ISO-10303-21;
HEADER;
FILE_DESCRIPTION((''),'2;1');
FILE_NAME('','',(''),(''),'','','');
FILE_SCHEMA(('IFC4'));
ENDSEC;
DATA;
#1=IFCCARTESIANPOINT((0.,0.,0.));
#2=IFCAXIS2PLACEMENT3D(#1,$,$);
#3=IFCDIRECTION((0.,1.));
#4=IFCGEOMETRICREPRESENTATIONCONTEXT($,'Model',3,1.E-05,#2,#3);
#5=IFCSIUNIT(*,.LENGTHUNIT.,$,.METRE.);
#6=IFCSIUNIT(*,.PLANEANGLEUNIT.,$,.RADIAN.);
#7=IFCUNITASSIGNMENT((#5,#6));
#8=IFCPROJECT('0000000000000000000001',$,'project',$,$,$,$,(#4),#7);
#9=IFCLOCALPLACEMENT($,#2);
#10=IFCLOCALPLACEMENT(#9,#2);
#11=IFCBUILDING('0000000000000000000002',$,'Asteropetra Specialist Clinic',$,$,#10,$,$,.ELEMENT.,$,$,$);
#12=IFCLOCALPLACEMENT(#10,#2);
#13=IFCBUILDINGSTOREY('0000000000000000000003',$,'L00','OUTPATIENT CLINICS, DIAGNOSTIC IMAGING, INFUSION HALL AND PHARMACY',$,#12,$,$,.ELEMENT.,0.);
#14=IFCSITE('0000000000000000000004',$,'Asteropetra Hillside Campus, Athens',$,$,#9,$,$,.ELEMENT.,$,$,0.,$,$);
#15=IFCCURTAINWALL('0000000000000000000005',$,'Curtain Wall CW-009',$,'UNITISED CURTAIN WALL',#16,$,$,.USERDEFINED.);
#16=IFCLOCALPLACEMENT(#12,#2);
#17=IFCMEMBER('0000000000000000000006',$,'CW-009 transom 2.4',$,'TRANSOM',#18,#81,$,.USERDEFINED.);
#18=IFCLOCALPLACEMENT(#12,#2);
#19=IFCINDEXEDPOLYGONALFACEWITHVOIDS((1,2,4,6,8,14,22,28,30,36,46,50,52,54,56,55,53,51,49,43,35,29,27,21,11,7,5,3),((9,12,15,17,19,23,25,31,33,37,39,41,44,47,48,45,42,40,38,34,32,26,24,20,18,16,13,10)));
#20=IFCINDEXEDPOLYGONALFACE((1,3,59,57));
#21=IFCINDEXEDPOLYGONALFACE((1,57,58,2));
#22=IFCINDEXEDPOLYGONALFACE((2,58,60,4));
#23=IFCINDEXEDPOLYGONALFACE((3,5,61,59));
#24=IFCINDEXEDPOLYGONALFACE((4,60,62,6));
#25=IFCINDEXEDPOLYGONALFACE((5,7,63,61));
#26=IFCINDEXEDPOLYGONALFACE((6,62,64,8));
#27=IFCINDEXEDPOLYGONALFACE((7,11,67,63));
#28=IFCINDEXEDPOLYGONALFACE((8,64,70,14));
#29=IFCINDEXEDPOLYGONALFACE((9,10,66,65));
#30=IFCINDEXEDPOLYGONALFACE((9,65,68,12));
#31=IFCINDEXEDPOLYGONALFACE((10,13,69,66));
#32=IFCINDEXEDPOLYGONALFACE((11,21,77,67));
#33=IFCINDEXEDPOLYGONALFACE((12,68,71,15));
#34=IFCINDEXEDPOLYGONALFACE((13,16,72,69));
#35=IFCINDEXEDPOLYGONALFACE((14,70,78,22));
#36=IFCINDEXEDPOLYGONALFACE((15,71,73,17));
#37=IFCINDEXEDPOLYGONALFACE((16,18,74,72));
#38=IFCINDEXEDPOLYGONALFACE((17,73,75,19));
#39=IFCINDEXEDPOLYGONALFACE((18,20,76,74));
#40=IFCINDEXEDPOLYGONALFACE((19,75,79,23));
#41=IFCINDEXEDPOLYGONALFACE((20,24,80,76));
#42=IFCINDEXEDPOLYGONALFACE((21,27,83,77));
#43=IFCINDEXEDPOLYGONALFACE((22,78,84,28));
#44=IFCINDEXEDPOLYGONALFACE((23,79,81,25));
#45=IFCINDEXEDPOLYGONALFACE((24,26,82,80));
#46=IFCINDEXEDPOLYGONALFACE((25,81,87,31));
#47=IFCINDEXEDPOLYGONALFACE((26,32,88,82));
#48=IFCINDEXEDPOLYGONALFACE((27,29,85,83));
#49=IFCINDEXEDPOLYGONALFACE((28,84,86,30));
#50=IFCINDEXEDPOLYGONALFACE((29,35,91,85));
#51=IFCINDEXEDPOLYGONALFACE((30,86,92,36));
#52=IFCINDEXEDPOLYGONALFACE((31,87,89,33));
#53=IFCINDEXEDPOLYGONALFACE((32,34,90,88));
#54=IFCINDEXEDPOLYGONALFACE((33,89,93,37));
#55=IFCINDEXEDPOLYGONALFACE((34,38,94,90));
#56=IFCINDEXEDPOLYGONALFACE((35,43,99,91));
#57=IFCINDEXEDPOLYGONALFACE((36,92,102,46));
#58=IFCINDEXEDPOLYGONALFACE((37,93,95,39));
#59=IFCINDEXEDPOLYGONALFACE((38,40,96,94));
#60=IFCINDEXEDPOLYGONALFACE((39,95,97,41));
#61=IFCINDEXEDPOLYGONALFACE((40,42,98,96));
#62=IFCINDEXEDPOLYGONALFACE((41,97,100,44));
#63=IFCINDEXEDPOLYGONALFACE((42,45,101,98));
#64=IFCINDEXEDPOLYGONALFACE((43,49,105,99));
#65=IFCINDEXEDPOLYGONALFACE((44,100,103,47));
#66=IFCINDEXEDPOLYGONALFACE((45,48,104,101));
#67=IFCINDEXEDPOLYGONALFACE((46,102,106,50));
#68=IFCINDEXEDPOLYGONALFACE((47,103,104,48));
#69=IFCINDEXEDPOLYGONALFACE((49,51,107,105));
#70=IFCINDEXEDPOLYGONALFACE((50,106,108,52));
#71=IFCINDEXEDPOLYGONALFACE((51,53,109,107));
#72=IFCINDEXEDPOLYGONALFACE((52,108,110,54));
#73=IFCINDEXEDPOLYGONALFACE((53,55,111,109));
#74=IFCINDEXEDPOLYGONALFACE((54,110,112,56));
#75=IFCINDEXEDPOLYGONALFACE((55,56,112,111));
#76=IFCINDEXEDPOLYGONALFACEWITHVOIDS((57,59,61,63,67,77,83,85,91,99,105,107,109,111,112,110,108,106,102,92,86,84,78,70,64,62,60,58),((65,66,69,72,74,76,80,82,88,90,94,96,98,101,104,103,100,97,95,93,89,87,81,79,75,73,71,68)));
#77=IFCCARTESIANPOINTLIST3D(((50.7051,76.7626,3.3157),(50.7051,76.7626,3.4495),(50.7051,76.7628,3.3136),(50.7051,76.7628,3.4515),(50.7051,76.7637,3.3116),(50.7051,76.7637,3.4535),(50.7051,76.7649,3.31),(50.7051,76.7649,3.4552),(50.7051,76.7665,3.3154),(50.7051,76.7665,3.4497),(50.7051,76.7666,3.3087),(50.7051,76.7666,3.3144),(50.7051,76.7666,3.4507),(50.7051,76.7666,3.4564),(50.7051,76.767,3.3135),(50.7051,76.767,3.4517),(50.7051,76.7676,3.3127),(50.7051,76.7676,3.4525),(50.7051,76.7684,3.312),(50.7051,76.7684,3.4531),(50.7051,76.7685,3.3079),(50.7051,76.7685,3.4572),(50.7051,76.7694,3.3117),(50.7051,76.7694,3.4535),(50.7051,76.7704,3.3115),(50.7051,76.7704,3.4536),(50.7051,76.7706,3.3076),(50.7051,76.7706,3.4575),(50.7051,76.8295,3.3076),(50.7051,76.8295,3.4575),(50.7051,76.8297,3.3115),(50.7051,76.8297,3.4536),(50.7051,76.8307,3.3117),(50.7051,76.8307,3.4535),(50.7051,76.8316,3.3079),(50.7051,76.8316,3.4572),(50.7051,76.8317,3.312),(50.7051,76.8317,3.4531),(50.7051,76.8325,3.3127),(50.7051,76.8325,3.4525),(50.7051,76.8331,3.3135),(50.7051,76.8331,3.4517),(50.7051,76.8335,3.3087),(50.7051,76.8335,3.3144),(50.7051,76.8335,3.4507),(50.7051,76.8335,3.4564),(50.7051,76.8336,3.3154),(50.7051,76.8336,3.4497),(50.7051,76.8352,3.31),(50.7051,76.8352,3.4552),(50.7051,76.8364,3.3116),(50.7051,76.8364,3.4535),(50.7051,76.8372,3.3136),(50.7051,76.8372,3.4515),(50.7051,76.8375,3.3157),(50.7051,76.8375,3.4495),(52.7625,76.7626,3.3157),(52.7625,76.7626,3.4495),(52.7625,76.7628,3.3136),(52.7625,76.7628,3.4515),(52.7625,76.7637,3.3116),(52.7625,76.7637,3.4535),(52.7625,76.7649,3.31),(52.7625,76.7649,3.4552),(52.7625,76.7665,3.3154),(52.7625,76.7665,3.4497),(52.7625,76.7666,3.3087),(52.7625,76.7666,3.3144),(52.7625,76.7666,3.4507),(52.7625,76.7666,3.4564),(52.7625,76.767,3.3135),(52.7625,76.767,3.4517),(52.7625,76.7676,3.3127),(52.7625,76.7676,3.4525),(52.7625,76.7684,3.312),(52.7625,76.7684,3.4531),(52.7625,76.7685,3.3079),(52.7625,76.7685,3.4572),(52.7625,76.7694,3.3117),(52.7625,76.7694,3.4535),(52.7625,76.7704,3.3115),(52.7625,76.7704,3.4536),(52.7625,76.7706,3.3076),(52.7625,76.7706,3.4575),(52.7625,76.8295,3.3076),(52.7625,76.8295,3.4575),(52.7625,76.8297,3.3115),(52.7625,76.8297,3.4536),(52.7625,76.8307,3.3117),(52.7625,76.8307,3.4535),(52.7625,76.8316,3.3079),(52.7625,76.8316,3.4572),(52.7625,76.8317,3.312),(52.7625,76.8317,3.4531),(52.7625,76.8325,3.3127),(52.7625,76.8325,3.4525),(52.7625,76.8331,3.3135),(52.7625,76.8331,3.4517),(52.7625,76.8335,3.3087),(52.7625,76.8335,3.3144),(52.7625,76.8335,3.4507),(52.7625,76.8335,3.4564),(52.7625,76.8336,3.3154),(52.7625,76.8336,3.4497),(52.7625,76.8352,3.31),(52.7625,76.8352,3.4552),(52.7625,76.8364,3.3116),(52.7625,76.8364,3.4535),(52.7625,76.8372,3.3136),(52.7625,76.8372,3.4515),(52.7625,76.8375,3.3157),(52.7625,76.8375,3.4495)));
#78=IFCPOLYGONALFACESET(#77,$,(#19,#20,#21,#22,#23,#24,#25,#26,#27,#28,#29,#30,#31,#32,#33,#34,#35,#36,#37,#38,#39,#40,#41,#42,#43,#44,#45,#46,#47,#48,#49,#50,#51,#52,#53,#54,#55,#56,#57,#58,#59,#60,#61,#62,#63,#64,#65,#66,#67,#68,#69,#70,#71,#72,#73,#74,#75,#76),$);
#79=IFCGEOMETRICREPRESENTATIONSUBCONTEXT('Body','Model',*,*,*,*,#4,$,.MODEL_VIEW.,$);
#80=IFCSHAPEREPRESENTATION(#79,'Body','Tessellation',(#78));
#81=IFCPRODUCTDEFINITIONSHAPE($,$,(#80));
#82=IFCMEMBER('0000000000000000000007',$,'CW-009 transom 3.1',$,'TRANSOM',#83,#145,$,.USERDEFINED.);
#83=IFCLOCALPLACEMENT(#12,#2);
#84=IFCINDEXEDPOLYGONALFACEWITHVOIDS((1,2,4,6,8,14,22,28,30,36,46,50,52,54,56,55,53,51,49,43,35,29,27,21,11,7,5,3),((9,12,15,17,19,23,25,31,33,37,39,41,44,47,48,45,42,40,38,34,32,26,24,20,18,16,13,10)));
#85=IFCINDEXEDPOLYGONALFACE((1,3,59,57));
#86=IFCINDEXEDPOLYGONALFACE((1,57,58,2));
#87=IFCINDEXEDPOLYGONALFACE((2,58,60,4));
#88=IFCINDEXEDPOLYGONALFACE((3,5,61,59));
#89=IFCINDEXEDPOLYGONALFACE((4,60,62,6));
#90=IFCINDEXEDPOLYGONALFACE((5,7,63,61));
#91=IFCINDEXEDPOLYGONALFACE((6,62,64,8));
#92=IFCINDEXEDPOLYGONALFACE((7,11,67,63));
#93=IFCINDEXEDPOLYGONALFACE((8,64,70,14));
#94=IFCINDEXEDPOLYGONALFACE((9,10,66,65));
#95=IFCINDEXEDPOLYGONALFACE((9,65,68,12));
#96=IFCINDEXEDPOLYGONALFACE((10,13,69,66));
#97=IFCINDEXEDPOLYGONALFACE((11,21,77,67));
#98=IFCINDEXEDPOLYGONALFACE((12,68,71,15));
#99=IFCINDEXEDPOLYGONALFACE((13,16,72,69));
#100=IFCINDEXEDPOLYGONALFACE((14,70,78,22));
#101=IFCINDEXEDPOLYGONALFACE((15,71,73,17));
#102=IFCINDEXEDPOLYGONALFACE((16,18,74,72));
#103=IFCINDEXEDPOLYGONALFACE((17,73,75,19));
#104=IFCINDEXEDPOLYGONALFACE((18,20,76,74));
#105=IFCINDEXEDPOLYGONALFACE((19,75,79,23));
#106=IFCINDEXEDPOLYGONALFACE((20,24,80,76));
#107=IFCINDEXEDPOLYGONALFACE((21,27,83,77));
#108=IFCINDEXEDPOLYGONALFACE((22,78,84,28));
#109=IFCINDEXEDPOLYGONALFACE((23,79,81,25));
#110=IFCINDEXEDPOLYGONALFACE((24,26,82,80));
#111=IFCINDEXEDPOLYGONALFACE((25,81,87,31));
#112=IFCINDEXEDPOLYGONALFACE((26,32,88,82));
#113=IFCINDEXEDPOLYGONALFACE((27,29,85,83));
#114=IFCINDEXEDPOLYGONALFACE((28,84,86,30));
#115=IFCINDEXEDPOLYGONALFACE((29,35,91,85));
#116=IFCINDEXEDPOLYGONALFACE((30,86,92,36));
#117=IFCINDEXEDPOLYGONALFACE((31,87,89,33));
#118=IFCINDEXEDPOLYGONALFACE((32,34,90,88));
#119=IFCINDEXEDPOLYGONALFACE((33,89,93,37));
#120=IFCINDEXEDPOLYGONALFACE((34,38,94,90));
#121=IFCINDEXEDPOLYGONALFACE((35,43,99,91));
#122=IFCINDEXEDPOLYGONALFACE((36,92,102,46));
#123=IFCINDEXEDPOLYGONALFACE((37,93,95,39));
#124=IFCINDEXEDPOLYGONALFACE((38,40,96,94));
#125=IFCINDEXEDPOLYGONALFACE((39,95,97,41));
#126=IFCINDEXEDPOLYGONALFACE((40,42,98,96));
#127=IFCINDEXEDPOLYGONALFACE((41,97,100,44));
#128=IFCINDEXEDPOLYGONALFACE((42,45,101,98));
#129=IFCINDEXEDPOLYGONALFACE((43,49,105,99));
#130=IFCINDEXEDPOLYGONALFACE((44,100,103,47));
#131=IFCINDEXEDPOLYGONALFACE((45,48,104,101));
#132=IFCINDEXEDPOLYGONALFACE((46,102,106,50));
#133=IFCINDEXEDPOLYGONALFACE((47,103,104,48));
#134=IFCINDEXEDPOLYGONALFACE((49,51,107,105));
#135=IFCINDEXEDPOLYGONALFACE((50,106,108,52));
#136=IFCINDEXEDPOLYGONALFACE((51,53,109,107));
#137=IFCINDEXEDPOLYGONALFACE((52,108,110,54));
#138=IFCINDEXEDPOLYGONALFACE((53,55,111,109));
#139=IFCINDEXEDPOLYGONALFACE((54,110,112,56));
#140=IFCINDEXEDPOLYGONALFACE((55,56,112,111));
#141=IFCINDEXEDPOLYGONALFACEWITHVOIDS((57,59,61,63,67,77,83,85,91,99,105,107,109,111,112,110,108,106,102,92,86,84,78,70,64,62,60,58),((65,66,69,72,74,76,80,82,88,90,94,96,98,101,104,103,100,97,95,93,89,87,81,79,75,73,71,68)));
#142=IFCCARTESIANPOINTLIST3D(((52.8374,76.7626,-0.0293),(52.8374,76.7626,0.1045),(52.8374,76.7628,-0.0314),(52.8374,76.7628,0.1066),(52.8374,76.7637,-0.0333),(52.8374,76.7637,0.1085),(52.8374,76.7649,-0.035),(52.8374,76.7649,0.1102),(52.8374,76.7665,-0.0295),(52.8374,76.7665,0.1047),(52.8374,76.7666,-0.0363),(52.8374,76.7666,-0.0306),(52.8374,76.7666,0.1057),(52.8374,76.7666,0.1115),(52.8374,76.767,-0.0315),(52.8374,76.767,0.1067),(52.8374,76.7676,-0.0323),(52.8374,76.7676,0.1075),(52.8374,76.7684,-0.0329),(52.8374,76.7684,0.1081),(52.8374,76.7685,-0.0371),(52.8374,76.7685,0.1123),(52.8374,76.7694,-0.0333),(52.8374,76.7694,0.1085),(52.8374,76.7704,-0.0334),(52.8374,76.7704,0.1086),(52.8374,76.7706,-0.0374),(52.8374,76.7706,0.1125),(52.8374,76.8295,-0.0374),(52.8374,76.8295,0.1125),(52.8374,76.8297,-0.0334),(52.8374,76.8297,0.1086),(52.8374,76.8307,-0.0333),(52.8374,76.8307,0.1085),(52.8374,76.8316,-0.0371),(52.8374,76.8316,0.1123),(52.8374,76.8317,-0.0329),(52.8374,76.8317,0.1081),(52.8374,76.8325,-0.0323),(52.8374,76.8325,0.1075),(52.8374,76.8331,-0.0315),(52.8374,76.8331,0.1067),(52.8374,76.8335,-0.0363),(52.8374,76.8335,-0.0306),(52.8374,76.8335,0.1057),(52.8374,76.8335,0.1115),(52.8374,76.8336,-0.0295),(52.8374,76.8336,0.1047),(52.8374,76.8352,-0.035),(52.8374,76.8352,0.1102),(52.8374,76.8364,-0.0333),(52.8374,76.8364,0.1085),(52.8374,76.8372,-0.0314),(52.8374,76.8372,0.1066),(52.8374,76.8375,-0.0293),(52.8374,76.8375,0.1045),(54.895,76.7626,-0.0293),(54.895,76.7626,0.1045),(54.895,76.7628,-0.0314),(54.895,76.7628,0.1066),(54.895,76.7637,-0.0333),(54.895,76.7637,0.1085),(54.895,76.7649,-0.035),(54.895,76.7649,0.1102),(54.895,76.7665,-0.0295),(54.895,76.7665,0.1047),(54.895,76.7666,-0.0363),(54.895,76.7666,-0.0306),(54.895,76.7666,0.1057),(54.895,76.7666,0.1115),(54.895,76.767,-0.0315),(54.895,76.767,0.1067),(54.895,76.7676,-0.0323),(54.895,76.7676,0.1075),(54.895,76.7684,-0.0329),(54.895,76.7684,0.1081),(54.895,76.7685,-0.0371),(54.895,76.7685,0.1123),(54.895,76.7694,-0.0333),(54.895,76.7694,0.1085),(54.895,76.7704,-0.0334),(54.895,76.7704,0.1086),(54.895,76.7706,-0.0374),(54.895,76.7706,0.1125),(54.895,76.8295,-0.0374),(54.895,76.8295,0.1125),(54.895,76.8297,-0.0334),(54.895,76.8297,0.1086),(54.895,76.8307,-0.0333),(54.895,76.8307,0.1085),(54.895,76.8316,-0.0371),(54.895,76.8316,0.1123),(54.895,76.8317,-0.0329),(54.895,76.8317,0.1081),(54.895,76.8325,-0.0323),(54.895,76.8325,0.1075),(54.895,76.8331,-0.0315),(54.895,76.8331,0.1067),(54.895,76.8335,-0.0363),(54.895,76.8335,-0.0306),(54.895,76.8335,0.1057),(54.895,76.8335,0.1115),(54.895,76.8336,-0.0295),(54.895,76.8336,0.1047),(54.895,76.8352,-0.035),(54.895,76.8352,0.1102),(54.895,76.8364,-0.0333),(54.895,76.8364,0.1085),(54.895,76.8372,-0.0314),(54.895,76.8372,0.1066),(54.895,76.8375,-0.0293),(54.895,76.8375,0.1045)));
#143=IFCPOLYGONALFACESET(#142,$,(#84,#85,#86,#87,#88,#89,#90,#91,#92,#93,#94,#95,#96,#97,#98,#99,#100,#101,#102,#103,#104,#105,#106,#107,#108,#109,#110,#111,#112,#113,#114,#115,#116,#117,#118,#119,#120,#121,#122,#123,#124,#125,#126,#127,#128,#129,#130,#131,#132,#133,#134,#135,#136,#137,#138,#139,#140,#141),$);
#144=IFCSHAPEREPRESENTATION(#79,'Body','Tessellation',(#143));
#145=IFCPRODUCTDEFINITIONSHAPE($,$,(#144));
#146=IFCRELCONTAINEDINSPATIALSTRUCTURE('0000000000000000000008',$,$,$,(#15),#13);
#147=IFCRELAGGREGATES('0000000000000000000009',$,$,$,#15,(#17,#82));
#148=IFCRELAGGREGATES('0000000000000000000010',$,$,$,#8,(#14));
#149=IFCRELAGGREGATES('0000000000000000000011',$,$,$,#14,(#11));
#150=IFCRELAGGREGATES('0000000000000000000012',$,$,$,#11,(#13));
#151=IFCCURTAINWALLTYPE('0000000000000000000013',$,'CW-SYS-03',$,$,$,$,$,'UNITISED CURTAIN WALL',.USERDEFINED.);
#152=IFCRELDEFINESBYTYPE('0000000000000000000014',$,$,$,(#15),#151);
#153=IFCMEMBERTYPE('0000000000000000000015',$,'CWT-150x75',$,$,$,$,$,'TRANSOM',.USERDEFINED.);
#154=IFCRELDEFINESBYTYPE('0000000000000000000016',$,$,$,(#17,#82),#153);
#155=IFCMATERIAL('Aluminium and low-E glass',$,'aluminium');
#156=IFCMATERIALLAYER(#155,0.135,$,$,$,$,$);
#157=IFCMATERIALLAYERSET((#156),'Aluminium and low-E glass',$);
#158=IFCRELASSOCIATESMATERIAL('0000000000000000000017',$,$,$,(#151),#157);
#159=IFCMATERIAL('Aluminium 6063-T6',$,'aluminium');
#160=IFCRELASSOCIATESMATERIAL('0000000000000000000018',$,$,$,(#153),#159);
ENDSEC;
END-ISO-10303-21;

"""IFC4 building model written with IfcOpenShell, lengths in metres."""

from ifc_helpers import new_model, si_unit, direction, frame, origin, origin_2d, place, context, subcontext, project, spatial, hollow_rectangle, extrude, material, layer, layer_set, material_profile, profile_set, type_object, element, aggregate, save


model = new_model("IFC4")

# Units and contexts
model_context = context("Model", 3, precision=1e-05, world=origin(), true_north=direction((0.0, 1.0)))
body_context = subcontext(model_context, "Body", "Model", "MODEL_VIEW")
ifc_project = project(units=[si_unit("LENGTHUNIT", "METRE"), si_unit("PLANEANGLEUNIT", "RADIAN")], contexts=[model_context])

# Site, building, storey
site_placement = place(None, origin())
site = spatial("IfcSite", under=ifc_project, at=site_placement, Name="Asteropetra Hillside Campus, Athens", CompositionType="ELEMENT", RefElevation=0.0)
building_placement = place(site_placement, origin())
building = spatial("IfcBuilding", under=site, at=building_placement, Name="Asteropetra Specialist Clinic", CompositionType="ELEMENT")
storey_placement = place(building_placement, origin())
storey = spatial("IfcBuildingStorey", under=building, at=storey_placement, Name="L00", Description="OUTPATIENT CLINICS, DIAGNOSTIC IMAGING, INFUSION HALL AND PHARMACY", CompositionType="ELEMENT", Elevation=0.0)

# Curtain wall, members
ifc_material_1 = material(Name="Aluminium and low-E glass", Category="aluminium")
ifc_layer_1 = layer(ifc_material_1, 0.135)
ifc_layer_set_1 = layer_set([ifc_layer_1], Name="Aluminium and low-E glass")
curtain_wall_type = type_object("IfcCurtainWallType", Name="CW-SYS-03", ElementType="UNITISED CURTAIN WALL", PredefinedType="USERDEFINED", material=ifc_layer_set_1)
curtain_wall_placement = place(storey_placement, origin())
curtain_wall = element("IfcCurtainWall", 1, at=curtain_wall_placement, inside=storey, type_object=curtain_wall_type, Name="Curtain Wall CW-009", ObjectType="UNITISED CURTAIN WALL", PredefinedType="USERDEFINED")
ifc_material_2 = material(Name="Aluminium 6063-T6", Category="aluminium")
ifc_material_profile_1 = material_profile(ifc_material_2, hollow_rectangle(XDim=0.075, YDim=0.1499, WallThickness=0.0039, InnerFilletRadius=0.0039, OuterFilletRadius=0.0081, at=origin_2d()), Name="TRN 150x75x4.0")
ifc_profile_set_1 = profile_set([ifc_material_profile_1], Name="Aluminium 6063-T6")
member_type_1 = type_object("IfcMemberType", Name="CWT-150x75", ElementType="TRANSOM", PredefinedType="USERDEFINED", material=ifc_profile_set_1)
member_1_placement = place(storey_placement, frame((50.7051, 76.8, 3.3826), z_axis=(1.0, 0.0, 0.0), x_axis=(0.0, 1.0, 0.0)))
member_1 = element("IfcMember", 2, at=member_1_placement, type_object=member_type_1, Name="CW-009 transom 2.4", ObjectType="TRANSOM", PredefinedType="USERDEFINED", context=body_context, shape_type="SweptSolid", body=[
    extrude(hollow_rectangle(XDim=0.075, YDim=0.1499, WallThickness=0.0039, InnerFilletRadius=0.0039, OuterFilletRadius=0.0081, at=origin_2d()), origin(), (0.0, 0.0, 1.0), 2.0574),
])
member_2_placement = place(storey_placement, frame((52.8374, 76.8, 0.0376), z_axis=(1.0, 0.0, 0.0), x_axis=(0.0, 1.0, 0.0)))
member_2 = element("IfcMember", 3, at=member_2_placement, type_object=member_type_1, Name="CW-009 transom 3.1", ObjectType="TRANSOM", PredefinedType="USERDEFINED", context=body_context, shape_type="SweptSolid", body=[
    extrude(hollow_rectangle(XDim=0.075, YDim=0.1499, WallThickness=0.0039, InnerFilletRadius=0.0039, OuterFilletRadius=0.0081, at=origin_2d()), origin(), (0.0, 0.0, 1.0), 2.0576),
])
aggregate(curtain_wall, [member_1, member_2])

save(model, "model.ifc")
